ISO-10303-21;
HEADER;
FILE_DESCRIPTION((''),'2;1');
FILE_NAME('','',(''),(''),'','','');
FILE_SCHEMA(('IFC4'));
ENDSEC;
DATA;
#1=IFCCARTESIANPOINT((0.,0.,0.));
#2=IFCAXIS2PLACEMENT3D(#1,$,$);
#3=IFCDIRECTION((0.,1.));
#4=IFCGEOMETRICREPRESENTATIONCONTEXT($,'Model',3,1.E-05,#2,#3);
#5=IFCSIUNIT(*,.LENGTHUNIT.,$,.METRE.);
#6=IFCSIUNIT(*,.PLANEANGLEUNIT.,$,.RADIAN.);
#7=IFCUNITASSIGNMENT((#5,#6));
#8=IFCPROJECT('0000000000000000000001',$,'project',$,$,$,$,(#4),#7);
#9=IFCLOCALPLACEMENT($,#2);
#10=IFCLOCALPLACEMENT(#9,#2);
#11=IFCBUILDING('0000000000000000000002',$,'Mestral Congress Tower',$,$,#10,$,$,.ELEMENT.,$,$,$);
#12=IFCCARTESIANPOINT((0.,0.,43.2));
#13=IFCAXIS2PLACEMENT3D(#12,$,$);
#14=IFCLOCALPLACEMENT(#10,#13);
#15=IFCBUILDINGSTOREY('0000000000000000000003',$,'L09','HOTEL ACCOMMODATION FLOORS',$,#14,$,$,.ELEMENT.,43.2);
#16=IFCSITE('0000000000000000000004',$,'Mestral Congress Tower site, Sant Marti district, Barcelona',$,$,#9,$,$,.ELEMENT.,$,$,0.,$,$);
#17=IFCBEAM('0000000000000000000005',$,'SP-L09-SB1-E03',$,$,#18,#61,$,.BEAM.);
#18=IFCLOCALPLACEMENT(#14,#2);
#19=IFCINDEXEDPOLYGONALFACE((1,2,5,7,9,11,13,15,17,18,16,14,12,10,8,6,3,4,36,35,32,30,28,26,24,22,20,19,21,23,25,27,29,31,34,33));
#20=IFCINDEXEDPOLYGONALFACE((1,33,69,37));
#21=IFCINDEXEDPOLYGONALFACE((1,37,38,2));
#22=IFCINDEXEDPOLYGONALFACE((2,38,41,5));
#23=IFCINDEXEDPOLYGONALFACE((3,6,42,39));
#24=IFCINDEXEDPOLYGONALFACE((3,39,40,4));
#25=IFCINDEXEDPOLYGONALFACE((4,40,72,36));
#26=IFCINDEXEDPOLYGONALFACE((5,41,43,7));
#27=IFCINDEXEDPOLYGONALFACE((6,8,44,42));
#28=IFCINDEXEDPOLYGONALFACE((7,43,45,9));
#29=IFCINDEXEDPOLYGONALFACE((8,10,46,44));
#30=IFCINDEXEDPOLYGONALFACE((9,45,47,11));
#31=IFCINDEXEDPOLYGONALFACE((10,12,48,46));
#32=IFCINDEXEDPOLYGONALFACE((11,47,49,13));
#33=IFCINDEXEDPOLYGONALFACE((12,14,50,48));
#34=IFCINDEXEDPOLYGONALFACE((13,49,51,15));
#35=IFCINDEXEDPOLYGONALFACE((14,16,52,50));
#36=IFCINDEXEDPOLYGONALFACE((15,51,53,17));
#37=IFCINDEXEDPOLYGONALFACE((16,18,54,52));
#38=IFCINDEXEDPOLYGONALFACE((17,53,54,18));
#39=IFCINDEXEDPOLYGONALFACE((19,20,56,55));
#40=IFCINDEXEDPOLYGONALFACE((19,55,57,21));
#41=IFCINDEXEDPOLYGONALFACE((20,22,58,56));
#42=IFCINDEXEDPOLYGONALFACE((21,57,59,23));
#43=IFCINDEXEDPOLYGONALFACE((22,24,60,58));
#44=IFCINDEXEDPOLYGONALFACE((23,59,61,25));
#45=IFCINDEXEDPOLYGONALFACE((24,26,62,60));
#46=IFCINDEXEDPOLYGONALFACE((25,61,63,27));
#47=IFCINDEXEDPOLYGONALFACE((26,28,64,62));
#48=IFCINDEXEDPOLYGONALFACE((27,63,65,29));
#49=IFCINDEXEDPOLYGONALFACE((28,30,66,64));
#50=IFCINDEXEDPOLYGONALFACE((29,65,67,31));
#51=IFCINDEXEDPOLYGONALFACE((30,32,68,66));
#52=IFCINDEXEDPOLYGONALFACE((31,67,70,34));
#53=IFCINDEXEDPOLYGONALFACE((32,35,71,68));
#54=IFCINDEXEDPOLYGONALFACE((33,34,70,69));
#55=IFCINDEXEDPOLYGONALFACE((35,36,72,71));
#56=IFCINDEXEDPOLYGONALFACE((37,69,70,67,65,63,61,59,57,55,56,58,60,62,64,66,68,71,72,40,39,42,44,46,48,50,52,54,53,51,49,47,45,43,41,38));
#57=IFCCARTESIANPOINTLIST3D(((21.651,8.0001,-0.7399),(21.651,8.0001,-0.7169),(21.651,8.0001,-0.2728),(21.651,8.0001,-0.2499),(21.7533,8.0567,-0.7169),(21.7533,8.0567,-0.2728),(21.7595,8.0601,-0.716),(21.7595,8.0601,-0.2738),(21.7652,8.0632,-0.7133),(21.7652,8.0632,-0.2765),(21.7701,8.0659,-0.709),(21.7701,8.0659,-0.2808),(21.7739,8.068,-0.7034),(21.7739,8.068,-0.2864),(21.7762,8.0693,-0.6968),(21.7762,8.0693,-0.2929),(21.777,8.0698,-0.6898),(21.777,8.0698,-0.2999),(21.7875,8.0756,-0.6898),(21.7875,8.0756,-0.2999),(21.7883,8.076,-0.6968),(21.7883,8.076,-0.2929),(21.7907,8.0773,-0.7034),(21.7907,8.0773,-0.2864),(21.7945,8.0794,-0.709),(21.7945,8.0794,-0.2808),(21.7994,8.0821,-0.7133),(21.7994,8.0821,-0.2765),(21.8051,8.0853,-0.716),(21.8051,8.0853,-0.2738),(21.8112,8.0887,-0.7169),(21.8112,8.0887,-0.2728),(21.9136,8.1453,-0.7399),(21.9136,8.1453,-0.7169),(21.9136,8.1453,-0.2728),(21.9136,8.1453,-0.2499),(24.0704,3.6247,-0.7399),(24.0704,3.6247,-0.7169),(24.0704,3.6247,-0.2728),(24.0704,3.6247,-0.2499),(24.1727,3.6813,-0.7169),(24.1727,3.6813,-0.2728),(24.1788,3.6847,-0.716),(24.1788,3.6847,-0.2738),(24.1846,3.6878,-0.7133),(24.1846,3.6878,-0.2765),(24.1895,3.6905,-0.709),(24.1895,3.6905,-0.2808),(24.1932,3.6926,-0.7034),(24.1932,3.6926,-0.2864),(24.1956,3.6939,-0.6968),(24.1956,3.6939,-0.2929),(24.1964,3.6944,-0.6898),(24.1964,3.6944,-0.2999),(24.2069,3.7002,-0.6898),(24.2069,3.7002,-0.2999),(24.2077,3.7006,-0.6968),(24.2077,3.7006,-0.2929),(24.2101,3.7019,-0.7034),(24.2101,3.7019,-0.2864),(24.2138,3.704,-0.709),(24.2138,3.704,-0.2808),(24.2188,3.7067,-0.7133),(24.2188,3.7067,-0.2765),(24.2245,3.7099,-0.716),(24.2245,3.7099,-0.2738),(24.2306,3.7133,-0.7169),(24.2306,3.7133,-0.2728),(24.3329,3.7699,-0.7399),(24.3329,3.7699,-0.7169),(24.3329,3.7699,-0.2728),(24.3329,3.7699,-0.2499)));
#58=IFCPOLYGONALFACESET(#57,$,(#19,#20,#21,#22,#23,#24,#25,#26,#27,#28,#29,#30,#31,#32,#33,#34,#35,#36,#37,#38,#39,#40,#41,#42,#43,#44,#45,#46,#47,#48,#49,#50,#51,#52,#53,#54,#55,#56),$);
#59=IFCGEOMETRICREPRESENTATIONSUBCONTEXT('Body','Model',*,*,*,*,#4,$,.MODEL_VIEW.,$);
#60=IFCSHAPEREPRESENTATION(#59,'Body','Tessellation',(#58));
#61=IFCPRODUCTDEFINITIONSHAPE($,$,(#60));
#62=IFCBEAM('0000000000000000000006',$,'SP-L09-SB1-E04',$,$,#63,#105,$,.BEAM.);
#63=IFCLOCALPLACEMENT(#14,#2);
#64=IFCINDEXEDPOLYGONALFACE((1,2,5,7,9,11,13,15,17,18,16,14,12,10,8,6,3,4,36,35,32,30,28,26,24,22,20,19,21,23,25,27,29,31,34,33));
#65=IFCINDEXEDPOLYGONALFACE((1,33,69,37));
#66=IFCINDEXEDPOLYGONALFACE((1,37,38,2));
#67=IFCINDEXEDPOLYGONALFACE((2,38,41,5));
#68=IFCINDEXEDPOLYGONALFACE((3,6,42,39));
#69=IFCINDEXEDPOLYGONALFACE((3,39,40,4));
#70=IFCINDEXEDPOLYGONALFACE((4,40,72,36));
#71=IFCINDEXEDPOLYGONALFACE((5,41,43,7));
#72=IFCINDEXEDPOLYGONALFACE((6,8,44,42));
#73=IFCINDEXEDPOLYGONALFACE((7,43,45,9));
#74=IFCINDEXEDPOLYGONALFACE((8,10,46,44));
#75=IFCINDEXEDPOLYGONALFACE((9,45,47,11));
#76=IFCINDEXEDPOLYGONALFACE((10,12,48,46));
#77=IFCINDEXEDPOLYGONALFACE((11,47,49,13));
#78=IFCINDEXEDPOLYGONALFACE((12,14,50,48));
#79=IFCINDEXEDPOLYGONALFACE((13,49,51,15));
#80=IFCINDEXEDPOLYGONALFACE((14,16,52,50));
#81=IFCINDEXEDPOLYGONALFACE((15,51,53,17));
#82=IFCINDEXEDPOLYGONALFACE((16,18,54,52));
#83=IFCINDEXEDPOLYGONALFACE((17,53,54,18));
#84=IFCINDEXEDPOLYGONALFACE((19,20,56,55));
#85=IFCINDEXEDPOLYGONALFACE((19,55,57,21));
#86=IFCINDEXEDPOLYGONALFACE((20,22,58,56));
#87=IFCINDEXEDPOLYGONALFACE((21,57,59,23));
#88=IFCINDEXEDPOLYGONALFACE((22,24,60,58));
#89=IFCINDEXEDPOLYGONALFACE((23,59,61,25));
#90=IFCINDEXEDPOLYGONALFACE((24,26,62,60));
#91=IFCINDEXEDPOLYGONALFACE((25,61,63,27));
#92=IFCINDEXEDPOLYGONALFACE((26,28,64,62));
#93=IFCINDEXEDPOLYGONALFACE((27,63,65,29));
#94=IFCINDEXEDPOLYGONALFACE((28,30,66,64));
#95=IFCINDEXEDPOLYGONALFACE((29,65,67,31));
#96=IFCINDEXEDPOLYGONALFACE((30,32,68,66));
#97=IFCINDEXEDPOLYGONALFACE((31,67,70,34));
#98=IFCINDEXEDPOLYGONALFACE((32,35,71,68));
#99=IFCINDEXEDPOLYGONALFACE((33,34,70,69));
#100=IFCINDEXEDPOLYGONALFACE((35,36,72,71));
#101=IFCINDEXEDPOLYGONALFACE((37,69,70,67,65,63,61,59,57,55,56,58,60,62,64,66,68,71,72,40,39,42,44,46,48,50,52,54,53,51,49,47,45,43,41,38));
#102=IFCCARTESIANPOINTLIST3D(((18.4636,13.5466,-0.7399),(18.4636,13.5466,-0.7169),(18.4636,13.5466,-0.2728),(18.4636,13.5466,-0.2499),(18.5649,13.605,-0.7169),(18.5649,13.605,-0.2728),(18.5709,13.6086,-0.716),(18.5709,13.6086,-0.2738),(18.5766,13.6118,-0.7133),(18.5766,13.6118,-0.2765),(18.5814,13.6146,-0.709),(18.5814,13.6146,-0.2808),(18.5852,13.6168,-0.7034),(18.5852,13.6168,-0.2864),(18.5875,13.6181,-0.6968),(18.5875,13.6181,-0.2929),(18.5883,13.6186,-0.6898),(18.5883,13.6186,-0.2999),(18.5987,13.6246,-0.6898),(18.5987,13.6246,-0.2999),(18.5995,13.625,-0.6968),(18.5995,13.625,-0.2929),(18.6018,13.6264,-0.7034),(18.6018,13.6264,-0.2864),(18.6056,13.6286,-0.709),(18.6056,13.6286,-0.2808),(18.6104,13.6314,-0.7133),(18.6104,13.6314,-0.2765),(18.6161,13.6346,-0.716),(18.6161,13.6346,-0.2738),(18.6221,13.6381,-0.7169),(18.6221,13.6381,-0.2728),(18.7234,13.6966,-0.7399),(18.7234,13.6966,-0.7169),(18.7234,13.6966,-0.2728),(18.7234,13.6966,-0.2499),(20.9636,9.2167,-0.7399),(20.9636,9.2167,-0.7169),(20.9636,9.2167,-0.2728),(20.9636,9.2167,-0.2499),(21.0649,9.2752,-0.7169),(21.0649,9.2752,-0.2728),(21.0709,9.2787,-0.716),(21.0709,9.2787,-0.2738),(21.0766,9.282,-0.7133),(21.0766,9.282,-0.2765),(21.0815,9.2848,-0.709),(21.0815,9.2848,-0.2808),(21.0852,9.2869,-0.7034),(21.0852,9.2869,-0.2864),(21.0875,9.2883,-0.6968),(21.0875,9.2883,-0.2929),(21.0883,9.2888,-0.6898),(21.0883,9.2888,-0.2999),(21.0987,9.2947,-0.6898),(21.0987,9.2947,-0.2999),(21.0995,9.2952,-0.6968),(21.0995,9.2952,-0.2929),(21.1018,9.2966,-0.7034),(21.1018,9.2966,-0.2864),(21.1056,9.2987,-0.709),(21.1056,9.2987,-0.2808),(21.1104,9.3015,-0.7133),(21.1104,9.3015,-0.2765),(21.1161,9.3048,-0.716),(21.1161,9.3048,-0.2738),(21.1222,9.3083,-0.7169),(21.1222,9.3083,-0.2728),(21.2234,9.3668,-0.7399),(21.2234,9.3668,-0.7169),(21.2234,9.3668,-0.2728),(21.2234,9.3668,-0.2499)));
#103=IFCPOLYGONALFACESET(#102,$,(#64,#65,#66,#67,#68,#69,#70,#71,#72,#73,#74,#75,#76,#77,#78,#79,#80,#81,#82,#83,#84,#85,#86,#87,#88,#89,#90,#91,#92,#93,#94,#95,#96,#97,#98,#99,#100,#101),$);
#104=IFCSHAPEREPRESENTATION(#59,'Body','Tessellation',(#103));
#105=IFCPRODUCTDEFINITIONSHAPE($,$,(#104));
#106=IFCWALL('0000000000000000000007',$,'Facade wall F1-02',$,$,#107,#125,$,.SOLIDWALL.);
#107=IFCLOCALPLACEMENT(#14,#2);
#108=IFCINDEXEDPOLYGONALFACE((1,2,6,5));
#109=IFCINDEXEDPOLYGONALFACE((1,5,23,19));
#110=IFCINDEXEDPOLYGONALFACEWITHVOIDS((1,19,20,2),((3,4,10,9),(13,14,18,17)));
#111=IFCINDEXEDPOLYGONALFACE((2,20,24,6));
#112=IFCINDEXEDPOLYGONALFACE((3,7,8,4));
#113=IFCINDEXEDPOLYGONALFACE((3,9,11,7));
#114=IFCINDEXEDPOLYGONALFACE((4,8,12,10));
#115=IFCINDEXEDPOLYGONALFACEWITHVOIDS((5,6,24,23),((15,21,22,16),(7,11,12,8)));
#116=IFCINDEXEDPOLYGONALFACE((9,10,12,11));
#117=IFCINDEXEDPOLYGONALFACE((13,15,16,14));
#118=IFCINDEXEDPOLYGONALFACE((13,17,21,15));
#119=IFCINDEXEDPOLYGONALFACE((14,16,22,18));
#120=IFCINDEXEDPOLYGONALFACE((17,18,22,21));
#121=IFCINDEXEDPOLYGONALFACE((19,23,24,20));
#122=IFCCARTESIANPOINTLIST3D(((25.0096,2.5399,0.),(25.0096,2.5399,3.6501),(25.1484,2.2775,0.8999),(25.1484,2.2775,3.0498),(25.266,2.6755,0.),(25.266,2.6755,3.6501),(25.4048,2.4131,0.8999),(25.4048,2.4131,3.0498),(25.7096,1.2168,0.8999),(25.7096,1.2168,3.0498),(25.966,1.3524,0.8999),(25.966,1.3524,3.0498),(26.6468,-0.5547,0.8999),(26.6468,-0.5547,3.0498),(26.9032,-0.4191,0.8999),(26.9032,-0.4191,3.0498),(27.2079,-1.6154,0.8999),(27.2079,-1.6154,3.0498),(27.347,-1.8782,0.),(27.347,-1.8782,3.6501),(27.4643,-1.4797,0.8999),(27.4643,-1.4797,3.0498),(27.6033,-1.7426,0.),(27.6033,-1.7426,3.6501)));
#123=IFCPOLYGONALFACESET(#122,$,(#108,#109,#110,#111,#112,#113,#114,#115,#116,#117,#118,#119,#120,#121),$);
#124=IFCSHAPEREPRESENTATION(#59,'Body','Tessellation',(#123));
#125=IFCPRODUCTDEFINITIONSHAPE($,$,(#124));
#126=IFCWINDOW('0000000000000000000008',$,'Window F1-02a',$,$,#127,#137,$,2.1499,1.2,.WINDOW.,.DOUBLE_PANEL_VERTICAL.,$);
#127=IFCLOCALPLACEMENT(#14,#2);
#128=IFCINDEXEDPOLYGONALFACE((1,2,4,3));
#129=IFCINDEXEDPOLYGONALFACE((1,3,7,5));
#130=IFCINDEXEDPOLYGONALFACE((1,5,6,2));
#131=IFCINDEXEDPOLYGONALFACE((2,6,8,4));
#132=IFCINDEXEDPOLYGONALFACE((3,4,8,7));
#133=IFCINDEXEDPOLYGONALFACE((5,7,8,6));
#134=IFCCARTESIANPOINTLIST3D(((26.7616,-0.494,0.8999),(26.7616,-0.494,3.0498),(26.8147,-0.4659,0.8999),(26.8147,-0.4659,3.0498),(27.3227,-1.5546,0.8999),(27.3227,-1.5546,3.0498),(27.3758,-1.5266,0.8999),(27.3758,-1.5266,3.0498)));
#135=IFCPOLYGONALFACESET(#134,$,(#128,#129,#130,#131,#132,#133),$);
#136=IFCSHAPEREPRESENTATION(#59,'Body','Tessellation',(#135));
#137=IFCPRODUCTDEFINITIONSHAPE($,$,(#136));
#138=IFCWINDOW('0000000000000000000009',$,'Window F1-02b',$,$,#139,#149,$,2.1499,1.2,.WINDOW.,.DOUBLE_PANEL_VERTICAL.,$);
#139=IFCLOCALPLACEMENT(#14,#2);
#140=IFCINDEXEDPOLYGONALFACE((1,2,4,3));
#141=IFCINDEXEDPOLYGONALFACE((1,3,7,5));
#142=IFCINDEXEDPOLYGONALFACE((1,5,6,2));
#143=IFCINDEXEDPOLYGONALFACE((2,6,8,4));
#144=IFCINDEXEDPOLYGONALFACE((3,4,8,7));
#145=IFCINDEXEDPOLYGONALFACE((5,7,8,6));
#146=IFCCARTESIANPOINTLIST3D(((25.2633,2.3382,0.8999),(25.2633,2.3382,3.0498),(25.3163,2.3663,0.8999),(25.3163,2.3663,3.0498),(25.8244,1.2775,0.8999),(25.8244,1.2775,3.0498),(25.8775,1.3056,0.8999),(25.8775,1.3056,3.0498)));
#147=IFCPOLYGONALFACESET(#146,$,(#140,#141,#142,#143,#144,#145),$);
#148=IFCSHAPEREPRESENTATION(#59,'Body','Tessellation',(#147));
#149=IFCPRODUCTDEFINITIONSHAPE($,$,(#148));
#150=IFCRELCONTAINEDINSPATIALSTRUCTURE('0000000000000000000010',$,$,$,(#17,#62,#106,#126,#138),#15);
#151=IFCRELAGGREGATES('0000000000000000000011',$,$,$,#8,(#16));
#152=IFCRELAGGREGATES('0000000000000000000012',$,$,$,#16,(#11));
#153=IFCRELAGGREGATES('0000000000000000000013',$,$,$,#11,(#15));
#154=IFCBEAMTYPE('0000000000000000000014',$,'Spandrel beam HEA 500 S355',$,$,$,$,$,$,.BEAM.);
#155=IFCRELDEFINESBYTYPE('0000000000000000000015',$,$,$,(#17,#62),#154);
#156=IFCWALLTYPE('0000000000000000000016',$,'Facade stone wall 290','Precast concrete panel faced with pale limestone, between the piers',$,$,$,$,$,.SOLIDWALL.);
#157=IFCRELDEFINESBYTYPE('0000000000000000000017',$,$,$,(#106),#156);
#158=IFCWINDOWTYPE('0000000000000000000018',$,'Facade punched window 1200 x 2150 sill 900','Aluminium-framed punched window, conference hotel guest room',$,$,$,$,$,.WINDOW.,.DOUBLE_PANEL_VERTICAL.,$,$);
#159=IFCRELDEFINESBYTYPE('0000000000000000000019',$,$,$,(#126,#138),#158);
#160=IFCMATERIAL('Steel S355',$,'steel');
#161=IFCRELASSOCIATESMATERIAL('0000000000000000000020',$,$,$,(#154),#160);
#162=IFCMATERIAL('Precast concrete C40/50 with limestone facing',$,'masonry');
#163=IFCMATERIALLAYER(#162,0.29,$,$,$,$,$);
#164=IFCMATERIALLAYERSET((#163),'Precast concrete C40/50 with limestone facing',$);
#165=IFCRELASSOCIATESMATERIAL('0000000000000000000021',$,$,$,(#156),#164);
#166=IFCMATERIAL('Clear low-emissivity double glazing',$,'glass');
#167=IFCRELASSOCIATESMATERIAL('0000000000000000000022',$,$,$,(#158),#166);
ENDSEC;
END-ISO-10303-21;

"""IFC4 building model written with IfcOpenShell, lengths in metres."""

from ifc_helpers import new_model, si_unit, direction, frame, frame_2d, origin, origin_2d, place, context, subcontext, project, spatial, rectangle, i_section, extrude, material, layer, layer_set, material_profile, profile_set, type_object, element, fill, save


model = new_model("IFC4")

# Units and contexts
model_context = context("Model", 3, precision=1e-05, world=origin(), true_north=direction((0.0, 1.0)))
body_context = subcontext(model_context, "Body", "Model", "MODEL_VIEW")
ifc_project = project(units=[si_unit("LENGTHUNIT", "METRE"), si_unit("PLANEANGLEUNIT", "RADIAN")], contexts=[model_context])

# Site, building, storey
site_placement = place(None, origin())
site = spatial("IfcSite", under=ifc_project, at=site_placement, Name="Mestral Congress Tower site, Sant Marti district, Barcelona", CompositionType="ELEMENT", RefElevation=0.0)
building_placement = place(site_placement, origin())
building = spatial("IfcBuilding", under=site, at=building_placement, Name="Mestral Congress Tower", CompositionType="ELEMENT")
storey_placement = place(building_placement, frame((0.0, 0.0, 43.2)))
storey = spatial("IfcBuildingStorey", under=building, at=storey_placement, Name="L09", Description="HOTEL ACCOMMODATION FLOORS", CompositionType="ELEMENT", Elevation=43.2)

# Beams
ifc_material_1 = material(Name="Steel S355", Category="steel")
ifc_material_profile_1 = material_profile(ifc_material_1, i_section(OverallWidth=0.3, OverallDepth=0.49, WebThickness=0.012, FlangeThickness=0.0229, FilletRadius=0.0271, at=origin_2d()), Name="HEA 500")
ifc_profile_set_1 = profile_set([ifc_material_profile_1], Name="Steel S355")
beam_type_1 = type_object("IfcBeamType", Name="Spandrel beam HEA 500 S355", PredefinedType="BEAM", material=ifc_profile_set_1)
for number, where, z_axis, x_axis, name in (
    (1, (24.2017, 3.6973, -0.4949), (-0.483901, 0.875123, 0.0), (-0.875123, -0.483901, 0.0), "SP-L09-SB1-E03"),
    (2, (21.0935, 9.2917, -0.4949), (-0.500025, 0.866011, 0.0), (-0.866011, -0.500025, 0.0), "SP-L09-SB1-E04"),
):
    element("IfcBeam", number, at=place(storey_placement, frame(where, z_axis=z_axis, x_axis=x_axis)), inside=storey, type_object=beam_type_1, Name=name, PredefinedType="BEAM", context=body_context, shape_type="SweptSolid", body=[
        extrude(i_section(OverallWidth=0.3, OverallDepth=0.49, WebThickness=0.012, FlangeThickness=0.0229, FilletRadius=0.0271, at=origin_2d()), origin(), (0.0, 0.0, 1.0), 4.9998),
    ])

# Wall, openings, windows
ifc_material_2 = material(Name="Precast concrete C40/50 with limestone facing", Category="masonry")
ifc_layer_1 = layer(ifc_material_2, 0.29)
ifc_layer_set_1 = layer_set([ifc_layer_1], Name="Precast concrete C40/50 with limestone facing")
wall_type_1 = type_object("IfcWallType", Name="Facade stone wall 290", Description="Precast concrete panel faced with pale limestone, between the piers", PredefinedType="SOLIDWALL", material=ifc_layer_set_1)
wall_1_placement = place(storey_placement, frame((27.4751, -1.8103, 0.0), z_axis=(0.0, 0.0, 1.0), x_axis=(-0.46763, 0.883925, 0.0)))
wall_1 = element("IfcWall", 3, at=wall_1_placement, inside=storey, type_object=wall_type_1, Name="Facade wall F1-02", PredefinedType="SOLIDWALL", context=body_context, shape_type="SweptSolid", body=[
    extrude(rectangle(XDim=4.9983, YDim=0.29, at=frame_2d((2.499, 0.0))), origin(), (0.0, 0.0, 1.0), 3.6501),
])
opening_1_placement = place(wall_1_placement, frame((0.2971, 0.0, 0.8999)))
opening_1 = element("IfcOpeningElement", 4, at=opening_1_placement, cuts=wall_1, PredefinedType="OPENING", context=body_context, shape_type="SweptSolid", body=[
    extrude(rectangle(XDim=1.2, YDim=2.1499, at=frame_2d((0.6001, 1.075))), frame((0.0, 0.155, 0.0), z_axis=(0.0, -1.0, 0.0), x_axis=(1.0, 0.0, 0.0)), (0.0, 0.0, 1.0), 0.3101),
])
opening_2_placement = place(wall_1_placement, frame((3.5012, 0.0, 0.8999)))
opening_2 = element("IfcOpeningElement", 5, at=opening_2_placement, cuts=wall_1, PredefinedType="OPENING", context=body_context, shape_type="SweptSolid", body=[
    extrude(rectangle(XDim=1.2, YDim=2.1499, at=frame_2d((0.6001, 1.075))), frame((0.0, 0.155, 0.0), z_axis=(0.0, -1.0, 0.0), x_axis=(1.0, 0.0, 0.0)), (0.0, 0.0, 1.0), 0.3101),
])
ifc_material_3 = material(Name="Clear low-emissivity double glazing", Category="glass")
window_type = type_object("IfcWindowType", Name="Facade punched window 1200 x 2150 sill 900", Description="Aluminium-framed punched window, conference hotel guest room", PartitioningType="DOUBLE_PANEL_VERTICAL", PredefinedType="WINDOW", material=ifc_material_3)
window_1_placement = place(opening_1_placement, origin())
window_1 = element("IfcWindow", 6, at=window_1_placement, inside=storey, type_object=window_type, Name="Window F1-02a", OverallHeight=2.1499, OverallWidth=1.2, PartitioningType="DOUBLE_PANEL_VERTICAL", PredefinedType="WINDOW", context=body_context, shape_type="SweptSolid", body=[
    extrude(rectangle(XDim=1.2, YDim=2.1499, at=frame_2d((0.6001, 1.075))), frame((0.0, 0.0151, 0.0), z_axis=(0.0, -1.0, 0.0), x_axis=(1.0, 0.0, 0.0)), (0.0, 0.0, 1.0), 0.0601),
])
fill(opening_1, window_1)
window_2_placement = place(opening_2_placement, origin())
window_2 = element("IfcWindow", 7, at=window_2_placement, inside=storey, type_object=window_type, Name="Window F1-02b", OverallHeight=2.1499, OverallWidth=1.2, PartitioningType="DOUBLE_PANEL_VERTICAL", PredefinedType="WINDOW", context=body_context, shape_type="SweptSolid", body=[
    extrude(rectangle(XDim=1.2, YDim=2.1499, at=frame_2d((0.6001, 1.075))), frame((0.0, 0.0151, 0.0), z_axis=(0.0, -1.0, 0.0), x_axis=(1.0, 0.0, 0.0)), (0.0, 0.0, 1.0), 0.0601),
])
fill(opening_2, window_2)

save(model, "model.ifc")
